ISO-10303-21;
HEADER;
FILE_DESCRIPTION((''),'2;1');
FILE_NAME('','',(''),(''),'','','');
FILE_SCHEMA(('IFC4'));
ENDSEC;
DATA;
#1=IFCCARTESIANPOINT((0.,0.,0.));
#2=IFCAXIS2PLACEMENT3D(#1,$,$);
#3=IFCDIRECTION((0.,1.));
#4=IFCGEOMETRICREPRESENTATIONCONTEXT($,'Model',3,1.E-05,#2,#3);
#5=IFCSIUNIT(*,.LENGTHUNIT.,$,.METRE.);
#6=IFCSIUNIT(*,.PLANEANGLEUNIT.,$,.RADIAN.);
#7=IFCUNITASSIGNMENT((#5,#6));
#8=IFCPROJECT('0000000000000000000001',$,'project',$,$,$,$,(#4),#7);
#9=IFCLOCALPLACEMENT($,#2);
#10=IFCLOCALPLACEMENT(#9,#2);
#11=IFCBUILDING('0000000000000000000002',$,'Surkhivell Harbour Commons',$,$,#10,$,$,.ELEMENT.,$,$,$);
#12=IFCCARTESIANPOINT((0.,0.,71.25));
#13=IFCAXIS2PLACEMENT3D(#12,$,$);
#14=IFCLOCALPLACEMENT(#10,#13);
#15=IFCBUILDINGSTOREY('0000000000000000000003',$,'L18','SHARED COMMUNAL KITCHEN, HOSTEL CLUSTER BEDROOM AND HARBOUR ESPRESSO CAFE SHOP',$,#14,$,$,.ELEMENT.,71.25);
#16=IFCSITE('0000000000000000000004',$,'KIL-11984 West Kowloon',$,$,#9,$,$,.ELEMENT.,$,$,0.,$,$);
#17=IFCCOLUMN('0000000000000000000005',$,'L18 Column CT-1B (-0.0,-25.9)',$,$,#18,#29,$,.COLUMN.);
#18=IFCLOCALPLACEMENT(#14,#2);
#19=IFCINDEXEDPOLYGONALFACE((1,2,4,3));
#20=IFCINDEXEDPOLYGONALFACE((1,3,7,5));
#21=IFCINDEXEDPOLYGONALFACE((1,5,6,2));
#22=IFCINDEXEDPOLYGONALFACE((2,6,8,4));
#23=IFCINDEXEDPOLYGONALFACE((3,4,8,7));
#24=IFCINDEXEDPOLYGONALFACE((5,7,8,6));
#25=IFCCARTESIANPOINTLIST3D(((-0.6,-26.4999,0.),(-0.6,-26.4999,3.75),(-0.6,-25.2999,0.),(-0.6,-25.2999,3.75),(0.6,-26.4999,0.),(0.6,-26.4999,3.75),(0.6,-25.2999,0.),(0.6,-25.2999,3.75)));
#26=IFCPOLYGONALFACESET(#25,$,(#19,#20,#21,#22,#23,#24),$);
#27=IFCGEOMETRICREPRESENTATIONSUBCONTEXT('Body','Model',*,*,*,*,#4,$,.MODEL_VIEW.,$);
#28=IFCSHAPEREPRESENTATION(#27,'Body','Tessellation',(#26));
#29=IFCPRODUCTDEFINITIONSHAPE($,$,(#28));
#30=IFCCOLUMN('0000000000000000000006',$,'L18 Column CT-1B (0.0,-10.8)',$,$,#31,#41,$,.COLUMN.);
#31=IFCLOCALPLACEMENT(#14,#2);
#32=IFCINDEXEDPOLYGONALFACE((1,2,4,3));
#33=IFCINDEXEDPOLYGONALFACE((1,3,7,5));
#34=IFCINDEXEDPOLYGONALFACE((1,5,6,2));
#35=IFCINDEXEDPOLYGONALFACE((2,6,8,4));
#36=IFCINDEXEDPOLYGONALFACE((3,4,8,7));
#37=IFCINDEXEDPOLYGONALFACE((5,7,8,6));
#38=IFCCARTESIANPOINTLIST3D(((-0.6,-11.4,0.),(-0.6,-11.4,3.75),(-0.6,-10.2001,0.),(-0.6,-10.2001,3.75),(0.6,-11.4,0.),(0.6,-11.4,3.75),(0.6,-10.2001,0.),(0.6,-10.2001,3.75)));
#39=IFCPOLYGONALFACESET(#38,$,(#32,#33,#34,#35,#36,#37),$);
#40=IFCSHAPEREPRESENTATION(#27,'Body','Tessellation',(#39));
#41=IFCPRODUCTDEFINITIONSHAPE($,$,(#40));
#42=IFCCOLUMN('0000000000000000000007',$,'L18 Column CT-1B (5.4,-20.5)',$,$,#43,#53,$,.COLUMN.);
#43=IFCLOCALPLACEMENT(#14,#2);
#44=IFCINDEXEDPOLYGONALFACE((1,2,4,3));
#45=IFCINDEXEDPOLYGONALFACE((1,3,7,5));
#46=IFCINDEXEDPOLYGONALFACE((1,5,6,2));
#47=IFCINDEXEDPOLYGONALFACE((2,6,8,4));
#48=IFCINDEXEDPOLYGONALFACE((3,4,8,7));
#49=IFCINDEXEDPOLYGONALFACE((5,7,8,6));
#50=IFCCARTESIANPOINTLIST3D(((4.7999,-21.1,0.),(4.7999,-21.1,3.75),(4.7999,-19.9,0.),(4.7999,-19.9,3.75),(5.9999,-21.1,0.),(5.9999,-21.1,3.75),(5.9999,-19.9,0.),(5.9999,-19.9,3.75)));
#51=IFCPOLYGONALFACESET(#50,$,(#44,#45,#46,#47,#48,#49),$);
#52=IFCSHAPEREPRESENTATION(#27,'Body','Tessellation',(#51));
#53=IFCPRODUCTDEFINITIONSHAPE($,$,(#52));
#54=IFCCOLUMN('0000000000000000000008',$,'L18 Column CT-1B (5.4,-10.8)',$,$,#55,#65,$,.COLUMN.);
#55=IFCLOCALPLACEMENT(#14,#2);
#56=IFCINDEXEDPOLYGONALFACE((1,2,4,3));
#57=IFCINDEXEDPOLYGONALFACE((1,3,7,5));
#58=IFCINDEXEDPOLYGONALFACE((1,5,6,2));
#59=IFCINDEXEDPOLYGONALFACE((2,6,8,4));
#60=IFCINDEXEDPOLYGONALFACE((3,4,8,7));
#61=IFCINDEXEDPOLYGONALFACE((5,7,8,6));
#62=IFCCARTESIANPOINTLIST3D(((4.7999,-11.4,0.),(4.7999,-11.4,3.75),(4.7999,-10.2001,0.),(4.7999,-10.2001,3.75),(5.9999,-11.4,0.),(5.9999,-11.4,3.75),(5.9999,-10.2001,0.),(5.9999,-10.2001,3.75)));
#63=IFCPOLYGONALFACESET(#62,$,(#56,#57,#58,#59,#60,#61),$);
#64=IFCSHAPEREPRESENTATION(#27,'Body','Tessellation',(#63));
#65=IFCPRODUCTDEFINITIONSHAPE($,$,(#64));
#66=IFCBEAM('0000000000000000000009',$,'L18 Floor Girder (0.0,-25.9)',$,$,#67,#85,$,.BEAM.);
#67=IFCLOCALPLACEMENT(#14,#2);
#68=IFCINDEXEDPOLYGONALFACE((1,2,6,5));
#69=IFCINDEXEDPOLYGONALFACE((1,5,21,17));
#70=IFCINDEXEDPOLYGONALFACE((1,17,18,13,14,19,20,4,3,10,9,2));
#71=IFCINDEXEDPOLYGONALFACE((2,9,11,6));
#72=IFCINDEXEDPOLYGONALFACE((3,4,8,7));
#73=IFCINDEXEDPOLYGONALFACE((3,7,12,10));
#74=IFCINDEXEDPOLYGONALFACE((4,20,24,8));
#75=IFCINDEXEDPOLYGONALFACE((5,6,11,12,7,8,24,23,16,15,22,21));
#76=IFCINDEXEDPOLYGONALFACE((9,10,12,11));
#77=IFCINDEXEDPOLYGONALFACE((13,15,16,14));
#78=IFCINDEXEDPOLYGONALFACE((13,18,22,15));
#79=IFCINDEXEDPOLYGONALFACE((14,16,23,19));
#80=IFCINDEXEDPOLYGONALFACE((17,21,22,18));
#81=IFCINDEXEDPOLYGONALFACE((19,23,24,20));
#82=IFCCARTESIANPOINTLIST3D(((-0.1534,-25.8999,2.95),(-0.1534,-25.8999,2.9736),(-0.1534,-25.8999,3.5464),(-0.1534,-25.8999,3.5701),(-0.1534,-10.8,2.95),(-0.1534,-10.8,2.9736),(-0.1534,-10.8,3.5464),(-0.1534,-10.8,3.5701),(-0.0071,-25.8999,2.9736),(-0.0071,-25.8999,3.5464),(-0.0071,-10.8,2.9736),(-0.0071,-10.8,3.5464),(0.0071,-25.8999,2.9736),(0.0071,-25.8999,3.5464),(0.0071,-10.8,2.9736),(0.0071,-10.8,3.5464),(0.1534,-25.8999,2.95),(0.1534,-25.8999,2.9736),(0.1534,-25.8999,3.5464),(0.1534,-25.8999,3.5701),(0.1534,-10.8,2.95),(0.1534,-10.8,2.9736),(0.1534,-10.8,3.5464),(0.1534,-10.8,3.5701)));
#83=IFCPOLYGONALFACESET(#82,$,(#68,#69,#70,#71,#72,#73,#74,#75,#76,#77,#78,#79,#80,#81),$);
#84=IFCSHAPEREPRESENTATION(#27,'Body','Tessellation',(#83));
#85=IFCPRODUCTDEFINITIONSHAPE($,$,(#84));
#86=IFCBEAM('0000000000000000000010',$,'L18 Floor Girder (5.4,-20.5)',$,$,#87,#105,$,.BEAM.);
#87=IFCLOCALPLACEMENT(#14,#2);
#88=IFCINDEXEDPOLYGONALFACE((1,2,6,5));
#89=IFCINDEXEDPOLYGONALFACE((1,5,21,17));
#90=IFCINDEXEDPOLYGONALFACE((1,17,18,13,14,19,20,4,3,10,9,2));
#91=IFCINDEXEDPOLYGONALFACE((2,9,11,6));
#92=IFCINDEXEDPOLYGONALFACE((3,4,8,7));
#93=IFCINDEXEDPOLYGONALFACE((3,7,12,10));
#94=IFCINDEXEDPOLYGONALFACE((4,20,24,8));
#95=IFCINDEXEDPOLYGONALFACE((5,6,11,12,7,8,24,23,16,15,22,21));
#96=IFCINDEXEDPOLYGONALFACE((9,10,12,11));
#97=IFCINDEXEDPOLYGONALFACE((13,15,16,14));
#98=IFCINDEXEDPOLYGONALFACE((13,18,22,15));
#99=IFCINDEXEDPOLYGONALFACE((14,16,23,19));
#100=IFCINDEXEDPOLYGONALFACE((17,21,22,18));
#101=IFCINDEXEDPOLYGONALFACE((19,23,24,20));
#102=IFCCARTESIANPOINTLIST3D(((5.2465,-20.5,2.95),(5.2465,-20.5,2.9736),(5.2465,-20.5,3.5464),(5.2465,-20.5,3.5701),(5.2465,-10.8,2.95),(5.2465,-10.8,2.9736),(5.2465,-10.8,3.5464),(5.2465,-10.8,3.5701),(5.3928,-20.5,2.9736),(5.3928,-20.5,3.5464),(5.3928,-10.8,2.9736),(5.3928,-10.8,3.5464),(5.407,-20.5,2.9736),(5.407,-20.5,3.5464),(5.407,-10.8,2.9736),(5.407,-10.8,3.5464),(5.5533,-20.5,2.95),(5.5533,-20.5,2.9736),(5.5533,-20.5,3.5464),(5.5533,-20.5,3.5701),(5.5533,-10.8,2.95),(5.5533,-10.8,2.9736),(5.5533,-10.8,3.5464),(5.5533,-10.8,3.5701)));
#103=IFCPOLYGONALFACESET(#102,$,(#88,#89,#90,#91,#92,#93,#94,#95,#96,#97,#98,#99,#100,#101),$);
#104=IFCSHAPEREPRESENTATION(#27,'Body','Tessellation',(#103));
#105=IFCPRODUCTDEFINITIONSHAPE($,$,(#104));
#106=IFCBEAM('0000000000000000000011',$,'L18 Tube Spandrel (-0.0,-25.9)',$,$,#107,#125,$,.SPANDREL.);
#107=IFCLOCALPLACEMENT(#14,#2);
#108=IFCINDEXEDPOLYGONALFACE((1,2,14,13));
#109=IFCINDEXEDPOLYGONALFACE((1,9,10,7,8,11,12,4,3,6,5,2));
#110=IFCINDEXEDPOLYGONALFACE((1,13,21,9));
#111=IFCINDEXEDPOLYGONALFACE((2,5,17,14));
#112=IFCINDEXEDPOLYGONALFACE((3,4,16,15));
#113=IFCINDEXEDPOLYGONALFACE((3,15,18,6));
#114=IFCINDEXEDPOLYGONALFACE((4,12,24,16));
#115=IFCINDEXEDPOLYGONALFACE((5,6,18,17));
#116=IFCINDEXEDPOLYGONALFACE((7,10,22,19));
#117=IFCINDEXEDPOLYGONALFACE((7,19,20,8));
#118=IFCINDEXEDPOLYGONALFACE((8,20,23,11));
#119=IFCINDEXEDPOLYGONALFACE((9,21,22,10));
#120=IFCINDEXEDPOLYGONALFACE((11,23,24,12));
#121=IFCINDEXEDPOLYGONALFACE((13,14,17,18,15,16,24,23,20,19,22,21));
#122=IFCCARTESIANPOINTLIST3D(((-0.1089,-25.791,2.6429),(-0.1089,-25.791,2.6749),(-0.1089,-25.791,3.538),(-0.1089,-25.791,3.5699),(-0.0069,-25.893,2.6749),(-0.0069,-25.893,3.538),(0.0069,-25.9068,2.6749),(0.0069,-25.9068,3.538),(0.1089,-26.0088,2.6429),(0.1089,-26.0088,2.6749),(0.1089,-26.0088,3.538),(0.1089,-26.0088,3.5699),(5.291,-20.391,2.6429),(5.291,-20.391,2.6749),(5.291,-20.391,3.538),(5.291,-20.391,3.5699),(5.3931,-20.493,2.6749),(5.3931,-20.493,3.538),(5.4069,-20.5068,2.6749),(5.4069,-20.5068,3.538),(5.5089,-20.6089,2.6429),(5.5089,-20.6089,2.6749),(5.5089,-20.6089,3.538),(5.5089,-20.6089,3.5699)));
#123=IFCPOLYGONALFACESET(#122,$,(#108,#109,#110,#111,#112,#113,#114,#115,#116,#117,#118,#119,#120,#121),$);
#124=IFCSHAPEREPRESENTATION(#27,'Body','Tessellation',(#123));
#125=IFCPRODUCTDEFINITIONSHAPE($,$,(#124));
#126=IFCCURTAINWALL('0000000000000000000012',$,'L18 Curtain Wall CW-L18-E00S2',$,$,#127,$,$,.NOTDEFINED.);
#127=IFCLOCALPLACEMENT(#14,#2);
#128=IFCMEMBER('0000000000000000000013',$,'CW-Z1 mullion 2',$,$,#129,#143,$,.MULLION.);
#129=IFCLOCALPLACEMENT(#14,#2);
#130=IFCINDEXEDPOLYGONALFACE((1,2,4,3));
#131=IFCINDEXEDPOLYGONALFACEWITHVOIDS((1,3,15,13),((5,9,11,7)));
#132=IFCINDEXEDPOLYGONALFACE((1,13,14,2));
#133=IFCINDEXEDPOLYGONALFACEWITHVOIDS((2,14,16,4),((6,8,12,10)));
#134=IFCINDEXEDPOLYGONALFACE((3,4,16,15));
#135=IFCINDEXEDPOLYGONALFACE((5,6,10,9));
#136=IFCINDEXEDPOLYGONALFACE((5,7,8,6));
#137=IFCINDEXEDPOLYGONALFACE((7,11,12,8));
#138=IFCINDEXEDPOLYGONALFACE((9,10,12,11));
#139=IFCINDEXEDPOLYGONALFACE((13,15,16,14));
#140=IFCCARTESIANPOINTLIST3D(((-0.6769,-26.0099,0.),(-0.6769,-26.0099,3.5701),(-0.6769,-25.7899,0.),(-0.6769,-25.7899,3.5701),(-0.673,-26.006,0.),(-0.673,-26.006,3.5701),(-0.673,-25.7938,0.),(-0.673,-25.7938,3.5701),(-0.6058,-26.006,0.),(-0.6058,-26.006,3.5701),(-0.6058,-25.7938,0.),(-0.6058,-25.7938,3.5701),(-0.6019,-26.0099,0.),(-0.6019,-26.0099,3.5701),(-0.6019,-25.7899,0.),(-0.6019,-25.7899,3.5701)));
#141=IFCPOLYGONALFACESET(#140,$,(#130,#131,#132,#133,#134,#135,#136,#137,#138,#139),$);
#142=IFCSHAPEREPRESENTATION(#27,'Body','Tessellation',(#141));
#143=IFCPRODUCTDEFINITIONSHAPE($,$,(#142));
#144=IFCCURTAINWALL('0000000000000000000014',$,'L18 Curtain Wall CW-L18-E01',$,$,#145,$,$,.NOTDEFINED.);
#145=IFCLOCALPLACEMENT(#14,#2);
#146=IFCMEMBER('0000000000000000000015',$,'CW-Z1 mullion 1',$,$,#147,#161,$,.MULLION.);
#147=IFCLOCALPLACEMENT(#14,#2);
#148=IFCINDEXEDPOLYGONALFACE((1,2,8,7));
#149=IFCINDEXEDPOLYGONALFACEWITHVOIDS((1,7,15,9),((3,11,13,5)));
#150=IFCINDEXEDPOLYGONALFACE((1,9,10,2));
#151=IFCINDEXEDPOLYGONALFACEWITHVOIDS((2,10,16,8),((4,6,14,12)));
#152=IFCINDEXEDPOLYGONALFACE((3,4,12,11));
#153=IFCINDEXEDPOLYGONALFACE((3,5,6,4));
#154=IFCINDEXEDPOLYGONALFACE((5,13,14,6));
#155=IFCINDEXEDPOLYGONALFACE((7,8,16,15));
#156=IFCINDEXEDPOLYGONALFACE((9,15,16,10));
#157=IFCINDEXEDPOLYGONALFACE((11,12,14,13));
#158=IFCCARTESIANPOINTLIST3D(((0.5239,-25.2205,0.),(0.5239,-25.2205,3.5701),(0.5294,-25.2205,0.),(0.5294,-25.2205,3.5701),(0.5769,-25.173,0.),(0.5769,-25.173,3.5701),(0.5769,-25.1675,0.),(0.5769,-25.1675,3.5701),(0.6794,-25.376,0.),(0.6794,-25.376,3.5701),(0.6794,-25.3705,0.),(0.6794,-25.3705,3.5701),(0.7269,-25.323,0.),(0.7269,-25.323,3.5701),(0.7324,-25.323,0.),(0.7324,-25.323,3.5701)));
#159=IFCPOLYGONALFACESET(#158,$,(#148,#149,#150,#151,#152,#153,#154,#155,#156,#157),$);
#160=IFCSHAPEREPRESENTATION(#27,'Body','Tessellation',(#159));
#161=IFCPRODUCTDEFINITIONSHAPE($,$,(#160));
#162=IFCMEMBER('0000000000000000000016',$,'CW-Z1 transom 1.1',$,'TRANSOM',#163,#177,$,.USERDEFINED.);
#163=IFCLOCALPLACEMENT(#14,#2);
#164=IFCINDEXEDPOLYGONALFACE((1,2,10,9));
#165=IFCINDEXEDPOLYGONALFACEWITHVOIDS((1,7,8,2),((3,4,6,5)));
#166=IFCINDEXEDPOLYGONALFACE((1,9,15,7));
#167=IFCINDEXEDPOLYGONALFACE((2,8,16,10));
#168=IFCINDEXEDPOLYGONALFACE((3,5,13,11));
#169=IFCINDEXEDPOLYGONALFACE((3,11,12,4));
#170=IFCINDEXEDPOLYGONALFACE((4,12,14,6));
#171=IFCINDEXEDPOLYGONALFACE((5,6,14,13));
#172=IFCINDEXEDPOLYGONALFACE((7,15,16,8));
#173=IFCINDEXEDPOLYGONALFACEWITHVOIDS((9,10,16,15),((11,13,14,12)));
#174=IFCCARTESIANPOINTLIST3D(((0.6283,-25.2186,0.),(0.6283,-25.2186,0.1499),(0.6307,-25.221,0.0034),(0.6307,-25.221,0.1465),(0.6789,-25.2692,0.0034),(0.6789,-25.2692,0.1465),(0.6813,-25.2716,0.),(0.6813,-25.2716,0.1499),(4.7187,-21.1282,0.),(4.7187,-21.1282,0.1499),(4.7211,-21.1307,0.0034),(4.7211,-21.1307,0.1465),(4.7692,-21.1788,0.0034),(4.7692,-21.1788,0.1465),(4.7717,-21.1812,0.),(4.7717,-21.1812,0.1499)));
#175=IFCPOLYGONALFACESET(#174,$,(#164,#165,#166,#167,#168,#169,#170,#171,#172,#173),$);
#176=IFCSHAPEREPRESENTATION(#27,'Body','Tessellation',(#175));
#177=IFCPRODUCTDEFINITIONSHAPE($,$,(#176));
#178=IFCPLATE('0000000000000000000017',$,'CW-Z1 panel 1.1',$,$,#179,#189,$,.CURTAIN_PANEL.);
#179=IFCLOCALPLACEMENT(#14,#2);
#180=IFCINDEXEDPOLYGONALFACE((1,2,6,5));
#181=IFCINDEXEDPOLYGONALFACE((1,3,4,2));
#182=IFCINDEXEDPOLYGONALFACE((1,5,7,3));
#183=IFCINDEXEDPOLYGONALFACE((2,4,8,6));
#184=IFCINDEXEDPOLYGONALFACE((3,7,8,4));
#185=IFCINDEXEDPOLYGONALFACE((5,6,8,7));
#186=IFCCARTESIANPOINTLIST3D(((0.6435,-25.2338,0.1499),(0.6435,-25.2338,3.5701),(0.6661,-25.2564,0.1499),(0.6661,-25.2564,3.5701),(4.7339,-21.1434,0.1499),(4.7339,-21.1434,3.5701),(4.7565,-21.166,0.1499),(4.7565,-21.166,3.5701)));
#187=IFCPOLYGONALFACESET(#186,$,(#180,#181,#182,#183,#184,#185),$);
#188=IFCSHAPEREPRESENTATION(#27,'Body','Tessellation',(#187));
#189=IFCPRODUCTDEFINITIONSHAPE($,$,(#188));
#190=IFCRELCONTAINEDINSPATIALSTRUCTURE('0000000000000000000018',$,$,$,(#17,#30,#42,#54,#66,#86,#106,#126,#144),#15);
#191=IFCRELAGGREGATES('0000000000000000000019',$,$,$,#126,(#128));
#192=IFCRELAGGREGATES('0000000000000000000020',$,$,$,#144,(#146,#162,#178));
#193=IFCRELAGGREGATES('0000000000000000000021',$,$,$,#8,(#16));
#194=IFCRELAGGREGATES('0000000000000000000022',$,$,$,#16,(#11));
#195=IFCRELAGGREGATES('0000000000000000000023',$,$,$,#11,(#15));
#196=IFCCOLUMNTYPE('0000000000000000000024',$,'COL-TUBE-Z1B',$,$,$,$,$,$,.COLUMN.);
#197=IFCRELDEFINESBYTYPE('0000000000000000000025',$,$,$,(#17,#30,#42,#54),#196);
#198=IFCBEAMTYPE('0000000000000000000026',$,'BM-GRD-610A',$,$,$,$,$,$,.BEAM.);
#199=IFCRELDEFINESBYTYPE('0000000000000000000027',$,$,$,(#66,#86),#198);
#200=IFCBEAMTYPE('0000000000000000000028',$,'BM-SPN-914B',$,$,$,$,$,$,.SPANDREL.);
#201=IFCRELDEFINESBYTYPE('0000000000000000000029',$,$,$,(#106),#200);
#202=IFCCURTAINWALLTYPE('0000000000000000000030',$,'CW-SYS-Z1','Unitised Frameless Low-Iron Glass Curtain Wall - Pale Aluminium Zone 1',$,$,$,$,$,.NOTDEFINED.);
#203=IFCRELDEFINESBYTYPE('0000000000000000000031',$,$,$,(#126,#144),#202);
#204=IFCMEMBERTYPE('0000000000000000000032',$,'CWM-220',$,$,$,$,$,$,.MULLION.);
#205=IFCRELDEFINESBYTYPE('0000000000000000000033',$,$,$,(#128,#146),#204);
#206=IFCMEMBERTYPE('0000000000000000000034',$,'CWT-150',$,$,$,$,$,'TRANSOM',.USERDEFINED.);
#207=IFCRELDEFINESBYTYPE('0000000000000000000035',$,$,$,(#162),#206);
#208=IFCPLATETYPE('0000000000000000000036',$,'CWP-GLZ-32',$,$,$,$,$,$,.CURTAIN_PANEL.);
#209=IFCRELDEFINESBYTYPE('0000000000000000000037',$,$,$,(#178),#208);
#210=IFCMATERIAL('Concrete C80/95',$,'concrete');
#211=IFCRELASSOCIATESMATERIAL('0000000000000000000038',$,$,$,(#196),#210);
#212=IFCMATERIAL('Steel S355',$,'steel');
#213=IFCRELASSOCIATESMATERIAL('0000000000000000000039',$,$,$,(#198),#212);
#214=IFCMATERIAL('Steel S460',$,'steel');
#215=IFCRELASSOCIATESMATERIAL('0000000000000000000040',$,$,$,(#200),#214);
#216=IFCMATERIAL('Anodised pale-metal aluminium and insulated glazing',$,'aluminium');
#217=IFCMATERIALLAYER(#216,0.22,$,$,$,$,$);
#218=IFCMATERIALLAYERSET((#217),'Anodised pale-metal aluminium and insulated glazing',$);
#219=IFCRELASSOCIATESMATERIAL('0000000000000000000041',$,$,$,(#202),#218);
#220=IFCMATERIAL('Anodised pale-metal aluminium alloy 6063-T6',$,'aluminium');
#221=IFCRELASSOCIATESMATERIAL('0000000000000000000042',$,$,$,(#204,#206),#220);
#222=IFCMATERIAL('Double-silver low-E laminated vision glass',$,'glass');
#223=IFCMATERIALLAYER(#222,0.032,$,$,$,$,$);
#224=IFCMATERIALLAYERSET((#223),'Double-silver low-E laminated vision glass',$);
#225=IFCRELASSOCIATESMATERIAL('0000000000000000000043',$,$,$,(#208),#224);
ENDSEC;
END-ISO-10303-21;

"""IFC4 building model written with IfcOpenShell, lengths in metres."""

from ifc_helpers import new_model, si_unit, direction, frame, frame_2d, origin, origin_2d, place, context, subcontext, project, spatial, rectangle, hollow_rectangle, i_section, extrude, material, layer, layer_set, material_profile, profile_set, type_object, element, aggregate, save


model = new_model("IFC4")

# Units and contexts
model_context = context("Model", 3, precision=1e-05, world=origin(), true_north=direction((0.0, 1.0)))
body_context = subcontext(model_context, "Body", "Model", "MODEL_VIEW")
ifc_project = project(units=[si_unit("LENGTHUNIT", "METRE"), si_unit("PLANEANGLEUNIT", "RADIAN")], contexts=[model_context])

# Site, building, storey
site_placement = place(None, origin())
site = spatial("IfcSite", under=ifc_project, at=site_placement, Name="KIL-11984 West Kowloon", CompositionType="ELEMENT", RefElevation=0.0)
building_placement = place(site_placement, origin())
building = spatial("IfcBuilding", under=site, at=building_placement, Name="Surkhivell Harbour Commons", CompositionType="ELEMENT")
storey_placement = place(building_placement, frame((0.0, 0.0, 71.25)))
storey = spatial("IfcBuildingStorey", under=building, at=storey_placement, Name="L18", Description="SHARED COMMUNAL KITCHEN, HOSTEL CLUSTER BEDROOM AND HARBOUR ESPRESSO CAFE SHOP", CompositionType="ELEMENT", Elevation=71.25)

# Columns
ifc_material_1 = material(Name="Concrete C80/95", Category="concrete")
ifc_material_profile_1 = material_profile(ifc_material_1, rectangle(XDim=1.2, YDim=1.2, at=origin_2d()), Name="RC-COL-1200x1200")
ifc_profile_set_1 = profile_set([ifc_material_profile_1], Name="Concrete C80/95")
column_type = type_object("IfcColumnType", Name="COL-TUBE-Z1B", PredefinedType="COLUMN", material=ifc_profile_set_1)
for number, where, z_axis, x_axis, name in (
    (1, (0.0, -25.8999, 0.0), (0.0, 0.0, 1.0), (1.0, 0.0, 0.0), "L18 Column CT-1B (-0.0,-25.9)"),
    (2, (0.0, -10.8, 0.0), (0.0, 0.0, 1.0), (1.0, 0.0, 0.0), "L18 Column CT-1B (0.0,-10.8)"),
    (3, (5.3999, -20.5, 0.0), (0.0, 0.0, 1.0), (1.0, 0.0, 0.0), "L18 Column CT-1B (5.4,-20.5)"),
    (4, (5.3999, -10.8, 0.0), (0.0, 0.0, 1.0), (1.0, 0.0, 0.0), "L18 Column CT-1B (5.4,-10.8)"),
):
    element("IfcColumn", number, at=place(storey_placement, frame(where, z_axis=z_axis, x_axis=x_axis)), inside=storey, type_object=column_type, Name=name, PredefinedType="COLUMN", context=body_context, shape_type="SweptSolid", body=[
        extrude(rectangle(XDim=1.2, YDim=1.2, at=origin_2d()), origin(), (0.0, 0.0, 1.0), 3.75),
    ])

# Beams
ifc_material_2 = material(Name="Steel S355", Category="steel")
ifc_material_profile_2 = material_profile(ifc_material_2, i_section(OverallWidth=0.3069, OverallDepth=0.6201, WebThickness=0.0142, FlangeThickness=0.0237, at=origin_2d()), Name="UB610x305x179")
ifc_profile_set_2 = profile_set([ifc_material_profile_2], Name="Steel S355")
beam_type_1 = type_object("IfcBeamType", Name="BM-GRD-610A", PredefinedType="BEAM", material=ifc_profile_set_2)
beam_1_placement = place(storey_placement, frame((0.0, -25.8999, 3.26), z_axis=(0.0, 1.0, 0.0), x_axis=(-1.0, 0.0, 0.0)))
element("IfcBeam", 5, at=beam_1_placement, inside=storey, type_object=beam_type_1, Name="L18 Floor Girder (0.0,-25.9)", PredefinedType="BEAM", context=body_context, shape_type="SweptSolid", body=[
    extrude(i_section(OverallWidth=0.3069, OverallDepth=0.6201, WebThickness=0.0142, FlangeThickness=0.0237, at=origin_2d()), origin(), (0.0, 0.0, 1.0), 15.0999),
])
beam_2_placement = place(storey_placement, frame((5.3999, -20.5, 3.26), z_axis=(0.0, 1.0, 0.0), x_axis=(-1.0, 0.0, 0.0)))
element("IfcBeam", 6, at=beam_2_placement, inside=storey, type_object=beam_type_1, Name="L18 Floor Girder (5.4,-20.5)", PredefinedType="BEAM", context=body_context, shape_type="SweptSolid", body=[
    extrude(i_section(OverallWidth=0.3069, OverallDepth=0.6201, WebThickness=0.0142, FlangeThickness=0.0237, at=origin_2d()), origin(), (0.0, 0.0, 1.0), 9.7),
])
ifc_material_3 = material(Name="Steel S460", Category="steel")
ifc_material_profile_3 = material_profile(ifc_material_3, i_section(OverallWidth=0.3081, OverallDepth=0.927, WebThickness=0.0195, FlangeThickness=0.032, at=origin_2d()), Name="UB914x305x289")
ifc_profile_set_3 = profile_set([ifc_material_profile_3], Name="Steel S460")
beam_type_2 = type_object("IfcBeamType", Name="BM-SPN-914B", PredefinedType="SPANDREL", material=ifc_profile_set_3)
beam_3_placement = place(storey_placement, frame((0.0, -25.8999, 3.1064), z_axis=(0.707107, 0.707107, 0.0), x_axis=(-0.707107, 0.707107, 0.0)))
element("IfcBeam", 7, at=beam_3_placement, inside=storey, type_object=beam_type_2, Name="L18 Tube Spandrel (-0.0,-25.9)", PredefinedType="SPANDREL", context=body_context, shape_type="SweptSolid", body=[
    extrude(i_section(OverallWidth=0.3081, OverallDepth=0.927, WebThickness=0.0195, FlangeThickness=0.032, at=origin_2d()), origin(), (0.0, 0.0, 1.0), 7.6367),
])

# Curtain wall, member
ifc_material_4 = material(Name="Anodised pale-metal aluminium and insulated glazing", Category="aluminium")
ifc_layer_1 = layer(ifc_material_4, 0.22)
ifc_layer_set_1 = layer_set([ifc_layer_1], Name="Anodised pale-metal aluminium and insulated glazing")
curtain_wall_type = type_object("IfcCurtainWallType", Name="CW-SYS-Z1", Description="Unitised Frameless Low-Iron Glass Curtain Wall - Pale Aluminium Zone 1", PredefinedType="NOTDEFINED", material=ifc_layer_set_1)
curtain_wall_1_placement = place(storey_placement, origin())
curtain_wall_1 = element("IfcCurtainWall", 8, at=curtain_wall_1_placement, inside=storey, type_object=curtain_wall_type, Name="L18 Curtain Wall CW-L18-E00S2", PredefinedType="NOTDEFINED")
ifc_material_5 = material(Name="Anodised pale-metal aluminium alloy 6063-T6", Category="aluminium")
ifc_material_profile_4 = material_profile(ifc_material_5, hollow_rectangle(XDim=0.075, YDim=0.22, WallThickness=0.0039, at=origin_2d()), Name="ALU-MULL-75x220")
ifc_profile_set_4 = profile_set([ifc_material_profile_4], Name="Anodised pale-metal aluminium alloy 6063-T6")
member_type_1 = type_object("IfcMemberType", Name="CWM-220", PredefinedType="MULLION", material=ifc_profile_set_4)
member_1_placement = place(storey_placement, frame((-0.6394, -25.8999, 0.0), z_axis=(0.0, 0.0, 1.0), x_axis=(1.0, 0.0, 0.0)))
member_1 = element("IfcMember", 9, at=member_1_placement, type_object=member_type_1, Name="CW-Z1 mullion 2", PredefinedType="MULLION", context=body_context, shape_type="SweptSolid", body=[
    extrude(hollow_rectangle(XDim=0.075, YDim=0.22, WallThickness=0.0039, at=origin_2d()), origin(), (0.0, 0.0, 1.0), 3.5701),
])
aggregate(curtain_wall_1, [member_1])

# Curtain wall, members, plate
curtain_wall_2_placement = place(storey_placement, origin())
curtain_wall_2 = element("IfcCurtainWall", 10, at=curtain_wall_2_placement, inside=storey, type_object=curtain_wall_type, Name="L18 Curtain Wall CW-L18-E01", PredefinedType="NOTDEFINED")
member_2_placement = place(storey_placement, frame((0.6282, -25.2717, 0.0), z_axis=(0.0, 0.0, 1.0), x_axis=(0.707107, 0.707107, 0.0)))
member_2 = element("IfcMember", 11, at=member_2_placement, type_object=member_type_1, Name="CW-Z1 mullion 1", PredefinedType="MULLION", context=body_context, shape_type="SweptSolid", body=[
    extrude(hollow_rectangle(XDim=0.075, YDim=0.22, WallThickness=0.0039, at=origin_2d()), origin(), (0.0, 0.0, 1.0), 3.5701),
])
ifc_material_profile_5 = material_profile(ifc_material_5, hollow_rectangle(XDim=0.075, YDim=0.1499, WallThickness=0.0034, at=origin_2d()), Name="ALU-TRAN-75x150")
ifc_profile_set_5 = profile_set([ifc_material_profile_5], Name="Anodised pale-metal aluminium alloy 6063-T6")
member_type_2 = type_object("IfcMemberType", Name="CWT-150", ElementType="TRANSOM", PredefinedType="USERDEFINED", material=ifc_profile_set_5)
member_3_placement = place(storey_placement, frame((0.6548, -25.2451, 0.075), z_axis=(0.707107, 0.707107, 0.0), x_axis=(-0.707107, 0.707107, 0.0)))
member_3 = element("IfcMember", 12, at=member_3_placement, type_object=member_type_2, Name="CW-Z1 transom 1.1", ObjectType="TRANSOM", PredefinedType="USERDEFINED", context=body_context, shape_type="SweptSolid", body=[
    extrude(hollow_rectangle(XDim=0.075, YDim=0.1499, WallThickness=0.0034, at=origin_2d()), origin(), (0.0, 0.0, 1.0), 5.7847),
])
ifc_material_6 = material(Name="Double-silver low-E laminated vision glass", Category="glass")
ifc_layer_2 = layer(ifc_material_6, 0.032)
ifc_layer_set_2 = layer_set([ifc_layer_2], Name="Double-silver low-E laminated vision glass")
plate_type = type_object("IfcPlateType", Name="CWP-GLZ-32", PredefinedType="CURTAIN_PANEL", material=ifc_layer_set_2)
plate_placement = place(storey_placement, frame((0.6548, -25.2451, 0.1499), z_axis=(0.0, 0.0, 1.0), x_axis=(0.707107, 0.707107, 0.0)))
plate = element("IfcPlate", 13, at=plate_placement, type_object=plate_type, Name="CW-Z1 panel 1.1", PredefinedType="CURTAIN_PANEL", context=body_context, shape_type="SweptSolid", body=[
    extrude(rectangle(XDim=5.7847, YDim=0.032, at=frame_2d((2.8923, 0.0))), origin(), (0.0, 0.0, 1.0), 3.4202),
])
aggregate(curtain_wall_2, [member_2, member_3, plate])

save(model, "model.ifc")
